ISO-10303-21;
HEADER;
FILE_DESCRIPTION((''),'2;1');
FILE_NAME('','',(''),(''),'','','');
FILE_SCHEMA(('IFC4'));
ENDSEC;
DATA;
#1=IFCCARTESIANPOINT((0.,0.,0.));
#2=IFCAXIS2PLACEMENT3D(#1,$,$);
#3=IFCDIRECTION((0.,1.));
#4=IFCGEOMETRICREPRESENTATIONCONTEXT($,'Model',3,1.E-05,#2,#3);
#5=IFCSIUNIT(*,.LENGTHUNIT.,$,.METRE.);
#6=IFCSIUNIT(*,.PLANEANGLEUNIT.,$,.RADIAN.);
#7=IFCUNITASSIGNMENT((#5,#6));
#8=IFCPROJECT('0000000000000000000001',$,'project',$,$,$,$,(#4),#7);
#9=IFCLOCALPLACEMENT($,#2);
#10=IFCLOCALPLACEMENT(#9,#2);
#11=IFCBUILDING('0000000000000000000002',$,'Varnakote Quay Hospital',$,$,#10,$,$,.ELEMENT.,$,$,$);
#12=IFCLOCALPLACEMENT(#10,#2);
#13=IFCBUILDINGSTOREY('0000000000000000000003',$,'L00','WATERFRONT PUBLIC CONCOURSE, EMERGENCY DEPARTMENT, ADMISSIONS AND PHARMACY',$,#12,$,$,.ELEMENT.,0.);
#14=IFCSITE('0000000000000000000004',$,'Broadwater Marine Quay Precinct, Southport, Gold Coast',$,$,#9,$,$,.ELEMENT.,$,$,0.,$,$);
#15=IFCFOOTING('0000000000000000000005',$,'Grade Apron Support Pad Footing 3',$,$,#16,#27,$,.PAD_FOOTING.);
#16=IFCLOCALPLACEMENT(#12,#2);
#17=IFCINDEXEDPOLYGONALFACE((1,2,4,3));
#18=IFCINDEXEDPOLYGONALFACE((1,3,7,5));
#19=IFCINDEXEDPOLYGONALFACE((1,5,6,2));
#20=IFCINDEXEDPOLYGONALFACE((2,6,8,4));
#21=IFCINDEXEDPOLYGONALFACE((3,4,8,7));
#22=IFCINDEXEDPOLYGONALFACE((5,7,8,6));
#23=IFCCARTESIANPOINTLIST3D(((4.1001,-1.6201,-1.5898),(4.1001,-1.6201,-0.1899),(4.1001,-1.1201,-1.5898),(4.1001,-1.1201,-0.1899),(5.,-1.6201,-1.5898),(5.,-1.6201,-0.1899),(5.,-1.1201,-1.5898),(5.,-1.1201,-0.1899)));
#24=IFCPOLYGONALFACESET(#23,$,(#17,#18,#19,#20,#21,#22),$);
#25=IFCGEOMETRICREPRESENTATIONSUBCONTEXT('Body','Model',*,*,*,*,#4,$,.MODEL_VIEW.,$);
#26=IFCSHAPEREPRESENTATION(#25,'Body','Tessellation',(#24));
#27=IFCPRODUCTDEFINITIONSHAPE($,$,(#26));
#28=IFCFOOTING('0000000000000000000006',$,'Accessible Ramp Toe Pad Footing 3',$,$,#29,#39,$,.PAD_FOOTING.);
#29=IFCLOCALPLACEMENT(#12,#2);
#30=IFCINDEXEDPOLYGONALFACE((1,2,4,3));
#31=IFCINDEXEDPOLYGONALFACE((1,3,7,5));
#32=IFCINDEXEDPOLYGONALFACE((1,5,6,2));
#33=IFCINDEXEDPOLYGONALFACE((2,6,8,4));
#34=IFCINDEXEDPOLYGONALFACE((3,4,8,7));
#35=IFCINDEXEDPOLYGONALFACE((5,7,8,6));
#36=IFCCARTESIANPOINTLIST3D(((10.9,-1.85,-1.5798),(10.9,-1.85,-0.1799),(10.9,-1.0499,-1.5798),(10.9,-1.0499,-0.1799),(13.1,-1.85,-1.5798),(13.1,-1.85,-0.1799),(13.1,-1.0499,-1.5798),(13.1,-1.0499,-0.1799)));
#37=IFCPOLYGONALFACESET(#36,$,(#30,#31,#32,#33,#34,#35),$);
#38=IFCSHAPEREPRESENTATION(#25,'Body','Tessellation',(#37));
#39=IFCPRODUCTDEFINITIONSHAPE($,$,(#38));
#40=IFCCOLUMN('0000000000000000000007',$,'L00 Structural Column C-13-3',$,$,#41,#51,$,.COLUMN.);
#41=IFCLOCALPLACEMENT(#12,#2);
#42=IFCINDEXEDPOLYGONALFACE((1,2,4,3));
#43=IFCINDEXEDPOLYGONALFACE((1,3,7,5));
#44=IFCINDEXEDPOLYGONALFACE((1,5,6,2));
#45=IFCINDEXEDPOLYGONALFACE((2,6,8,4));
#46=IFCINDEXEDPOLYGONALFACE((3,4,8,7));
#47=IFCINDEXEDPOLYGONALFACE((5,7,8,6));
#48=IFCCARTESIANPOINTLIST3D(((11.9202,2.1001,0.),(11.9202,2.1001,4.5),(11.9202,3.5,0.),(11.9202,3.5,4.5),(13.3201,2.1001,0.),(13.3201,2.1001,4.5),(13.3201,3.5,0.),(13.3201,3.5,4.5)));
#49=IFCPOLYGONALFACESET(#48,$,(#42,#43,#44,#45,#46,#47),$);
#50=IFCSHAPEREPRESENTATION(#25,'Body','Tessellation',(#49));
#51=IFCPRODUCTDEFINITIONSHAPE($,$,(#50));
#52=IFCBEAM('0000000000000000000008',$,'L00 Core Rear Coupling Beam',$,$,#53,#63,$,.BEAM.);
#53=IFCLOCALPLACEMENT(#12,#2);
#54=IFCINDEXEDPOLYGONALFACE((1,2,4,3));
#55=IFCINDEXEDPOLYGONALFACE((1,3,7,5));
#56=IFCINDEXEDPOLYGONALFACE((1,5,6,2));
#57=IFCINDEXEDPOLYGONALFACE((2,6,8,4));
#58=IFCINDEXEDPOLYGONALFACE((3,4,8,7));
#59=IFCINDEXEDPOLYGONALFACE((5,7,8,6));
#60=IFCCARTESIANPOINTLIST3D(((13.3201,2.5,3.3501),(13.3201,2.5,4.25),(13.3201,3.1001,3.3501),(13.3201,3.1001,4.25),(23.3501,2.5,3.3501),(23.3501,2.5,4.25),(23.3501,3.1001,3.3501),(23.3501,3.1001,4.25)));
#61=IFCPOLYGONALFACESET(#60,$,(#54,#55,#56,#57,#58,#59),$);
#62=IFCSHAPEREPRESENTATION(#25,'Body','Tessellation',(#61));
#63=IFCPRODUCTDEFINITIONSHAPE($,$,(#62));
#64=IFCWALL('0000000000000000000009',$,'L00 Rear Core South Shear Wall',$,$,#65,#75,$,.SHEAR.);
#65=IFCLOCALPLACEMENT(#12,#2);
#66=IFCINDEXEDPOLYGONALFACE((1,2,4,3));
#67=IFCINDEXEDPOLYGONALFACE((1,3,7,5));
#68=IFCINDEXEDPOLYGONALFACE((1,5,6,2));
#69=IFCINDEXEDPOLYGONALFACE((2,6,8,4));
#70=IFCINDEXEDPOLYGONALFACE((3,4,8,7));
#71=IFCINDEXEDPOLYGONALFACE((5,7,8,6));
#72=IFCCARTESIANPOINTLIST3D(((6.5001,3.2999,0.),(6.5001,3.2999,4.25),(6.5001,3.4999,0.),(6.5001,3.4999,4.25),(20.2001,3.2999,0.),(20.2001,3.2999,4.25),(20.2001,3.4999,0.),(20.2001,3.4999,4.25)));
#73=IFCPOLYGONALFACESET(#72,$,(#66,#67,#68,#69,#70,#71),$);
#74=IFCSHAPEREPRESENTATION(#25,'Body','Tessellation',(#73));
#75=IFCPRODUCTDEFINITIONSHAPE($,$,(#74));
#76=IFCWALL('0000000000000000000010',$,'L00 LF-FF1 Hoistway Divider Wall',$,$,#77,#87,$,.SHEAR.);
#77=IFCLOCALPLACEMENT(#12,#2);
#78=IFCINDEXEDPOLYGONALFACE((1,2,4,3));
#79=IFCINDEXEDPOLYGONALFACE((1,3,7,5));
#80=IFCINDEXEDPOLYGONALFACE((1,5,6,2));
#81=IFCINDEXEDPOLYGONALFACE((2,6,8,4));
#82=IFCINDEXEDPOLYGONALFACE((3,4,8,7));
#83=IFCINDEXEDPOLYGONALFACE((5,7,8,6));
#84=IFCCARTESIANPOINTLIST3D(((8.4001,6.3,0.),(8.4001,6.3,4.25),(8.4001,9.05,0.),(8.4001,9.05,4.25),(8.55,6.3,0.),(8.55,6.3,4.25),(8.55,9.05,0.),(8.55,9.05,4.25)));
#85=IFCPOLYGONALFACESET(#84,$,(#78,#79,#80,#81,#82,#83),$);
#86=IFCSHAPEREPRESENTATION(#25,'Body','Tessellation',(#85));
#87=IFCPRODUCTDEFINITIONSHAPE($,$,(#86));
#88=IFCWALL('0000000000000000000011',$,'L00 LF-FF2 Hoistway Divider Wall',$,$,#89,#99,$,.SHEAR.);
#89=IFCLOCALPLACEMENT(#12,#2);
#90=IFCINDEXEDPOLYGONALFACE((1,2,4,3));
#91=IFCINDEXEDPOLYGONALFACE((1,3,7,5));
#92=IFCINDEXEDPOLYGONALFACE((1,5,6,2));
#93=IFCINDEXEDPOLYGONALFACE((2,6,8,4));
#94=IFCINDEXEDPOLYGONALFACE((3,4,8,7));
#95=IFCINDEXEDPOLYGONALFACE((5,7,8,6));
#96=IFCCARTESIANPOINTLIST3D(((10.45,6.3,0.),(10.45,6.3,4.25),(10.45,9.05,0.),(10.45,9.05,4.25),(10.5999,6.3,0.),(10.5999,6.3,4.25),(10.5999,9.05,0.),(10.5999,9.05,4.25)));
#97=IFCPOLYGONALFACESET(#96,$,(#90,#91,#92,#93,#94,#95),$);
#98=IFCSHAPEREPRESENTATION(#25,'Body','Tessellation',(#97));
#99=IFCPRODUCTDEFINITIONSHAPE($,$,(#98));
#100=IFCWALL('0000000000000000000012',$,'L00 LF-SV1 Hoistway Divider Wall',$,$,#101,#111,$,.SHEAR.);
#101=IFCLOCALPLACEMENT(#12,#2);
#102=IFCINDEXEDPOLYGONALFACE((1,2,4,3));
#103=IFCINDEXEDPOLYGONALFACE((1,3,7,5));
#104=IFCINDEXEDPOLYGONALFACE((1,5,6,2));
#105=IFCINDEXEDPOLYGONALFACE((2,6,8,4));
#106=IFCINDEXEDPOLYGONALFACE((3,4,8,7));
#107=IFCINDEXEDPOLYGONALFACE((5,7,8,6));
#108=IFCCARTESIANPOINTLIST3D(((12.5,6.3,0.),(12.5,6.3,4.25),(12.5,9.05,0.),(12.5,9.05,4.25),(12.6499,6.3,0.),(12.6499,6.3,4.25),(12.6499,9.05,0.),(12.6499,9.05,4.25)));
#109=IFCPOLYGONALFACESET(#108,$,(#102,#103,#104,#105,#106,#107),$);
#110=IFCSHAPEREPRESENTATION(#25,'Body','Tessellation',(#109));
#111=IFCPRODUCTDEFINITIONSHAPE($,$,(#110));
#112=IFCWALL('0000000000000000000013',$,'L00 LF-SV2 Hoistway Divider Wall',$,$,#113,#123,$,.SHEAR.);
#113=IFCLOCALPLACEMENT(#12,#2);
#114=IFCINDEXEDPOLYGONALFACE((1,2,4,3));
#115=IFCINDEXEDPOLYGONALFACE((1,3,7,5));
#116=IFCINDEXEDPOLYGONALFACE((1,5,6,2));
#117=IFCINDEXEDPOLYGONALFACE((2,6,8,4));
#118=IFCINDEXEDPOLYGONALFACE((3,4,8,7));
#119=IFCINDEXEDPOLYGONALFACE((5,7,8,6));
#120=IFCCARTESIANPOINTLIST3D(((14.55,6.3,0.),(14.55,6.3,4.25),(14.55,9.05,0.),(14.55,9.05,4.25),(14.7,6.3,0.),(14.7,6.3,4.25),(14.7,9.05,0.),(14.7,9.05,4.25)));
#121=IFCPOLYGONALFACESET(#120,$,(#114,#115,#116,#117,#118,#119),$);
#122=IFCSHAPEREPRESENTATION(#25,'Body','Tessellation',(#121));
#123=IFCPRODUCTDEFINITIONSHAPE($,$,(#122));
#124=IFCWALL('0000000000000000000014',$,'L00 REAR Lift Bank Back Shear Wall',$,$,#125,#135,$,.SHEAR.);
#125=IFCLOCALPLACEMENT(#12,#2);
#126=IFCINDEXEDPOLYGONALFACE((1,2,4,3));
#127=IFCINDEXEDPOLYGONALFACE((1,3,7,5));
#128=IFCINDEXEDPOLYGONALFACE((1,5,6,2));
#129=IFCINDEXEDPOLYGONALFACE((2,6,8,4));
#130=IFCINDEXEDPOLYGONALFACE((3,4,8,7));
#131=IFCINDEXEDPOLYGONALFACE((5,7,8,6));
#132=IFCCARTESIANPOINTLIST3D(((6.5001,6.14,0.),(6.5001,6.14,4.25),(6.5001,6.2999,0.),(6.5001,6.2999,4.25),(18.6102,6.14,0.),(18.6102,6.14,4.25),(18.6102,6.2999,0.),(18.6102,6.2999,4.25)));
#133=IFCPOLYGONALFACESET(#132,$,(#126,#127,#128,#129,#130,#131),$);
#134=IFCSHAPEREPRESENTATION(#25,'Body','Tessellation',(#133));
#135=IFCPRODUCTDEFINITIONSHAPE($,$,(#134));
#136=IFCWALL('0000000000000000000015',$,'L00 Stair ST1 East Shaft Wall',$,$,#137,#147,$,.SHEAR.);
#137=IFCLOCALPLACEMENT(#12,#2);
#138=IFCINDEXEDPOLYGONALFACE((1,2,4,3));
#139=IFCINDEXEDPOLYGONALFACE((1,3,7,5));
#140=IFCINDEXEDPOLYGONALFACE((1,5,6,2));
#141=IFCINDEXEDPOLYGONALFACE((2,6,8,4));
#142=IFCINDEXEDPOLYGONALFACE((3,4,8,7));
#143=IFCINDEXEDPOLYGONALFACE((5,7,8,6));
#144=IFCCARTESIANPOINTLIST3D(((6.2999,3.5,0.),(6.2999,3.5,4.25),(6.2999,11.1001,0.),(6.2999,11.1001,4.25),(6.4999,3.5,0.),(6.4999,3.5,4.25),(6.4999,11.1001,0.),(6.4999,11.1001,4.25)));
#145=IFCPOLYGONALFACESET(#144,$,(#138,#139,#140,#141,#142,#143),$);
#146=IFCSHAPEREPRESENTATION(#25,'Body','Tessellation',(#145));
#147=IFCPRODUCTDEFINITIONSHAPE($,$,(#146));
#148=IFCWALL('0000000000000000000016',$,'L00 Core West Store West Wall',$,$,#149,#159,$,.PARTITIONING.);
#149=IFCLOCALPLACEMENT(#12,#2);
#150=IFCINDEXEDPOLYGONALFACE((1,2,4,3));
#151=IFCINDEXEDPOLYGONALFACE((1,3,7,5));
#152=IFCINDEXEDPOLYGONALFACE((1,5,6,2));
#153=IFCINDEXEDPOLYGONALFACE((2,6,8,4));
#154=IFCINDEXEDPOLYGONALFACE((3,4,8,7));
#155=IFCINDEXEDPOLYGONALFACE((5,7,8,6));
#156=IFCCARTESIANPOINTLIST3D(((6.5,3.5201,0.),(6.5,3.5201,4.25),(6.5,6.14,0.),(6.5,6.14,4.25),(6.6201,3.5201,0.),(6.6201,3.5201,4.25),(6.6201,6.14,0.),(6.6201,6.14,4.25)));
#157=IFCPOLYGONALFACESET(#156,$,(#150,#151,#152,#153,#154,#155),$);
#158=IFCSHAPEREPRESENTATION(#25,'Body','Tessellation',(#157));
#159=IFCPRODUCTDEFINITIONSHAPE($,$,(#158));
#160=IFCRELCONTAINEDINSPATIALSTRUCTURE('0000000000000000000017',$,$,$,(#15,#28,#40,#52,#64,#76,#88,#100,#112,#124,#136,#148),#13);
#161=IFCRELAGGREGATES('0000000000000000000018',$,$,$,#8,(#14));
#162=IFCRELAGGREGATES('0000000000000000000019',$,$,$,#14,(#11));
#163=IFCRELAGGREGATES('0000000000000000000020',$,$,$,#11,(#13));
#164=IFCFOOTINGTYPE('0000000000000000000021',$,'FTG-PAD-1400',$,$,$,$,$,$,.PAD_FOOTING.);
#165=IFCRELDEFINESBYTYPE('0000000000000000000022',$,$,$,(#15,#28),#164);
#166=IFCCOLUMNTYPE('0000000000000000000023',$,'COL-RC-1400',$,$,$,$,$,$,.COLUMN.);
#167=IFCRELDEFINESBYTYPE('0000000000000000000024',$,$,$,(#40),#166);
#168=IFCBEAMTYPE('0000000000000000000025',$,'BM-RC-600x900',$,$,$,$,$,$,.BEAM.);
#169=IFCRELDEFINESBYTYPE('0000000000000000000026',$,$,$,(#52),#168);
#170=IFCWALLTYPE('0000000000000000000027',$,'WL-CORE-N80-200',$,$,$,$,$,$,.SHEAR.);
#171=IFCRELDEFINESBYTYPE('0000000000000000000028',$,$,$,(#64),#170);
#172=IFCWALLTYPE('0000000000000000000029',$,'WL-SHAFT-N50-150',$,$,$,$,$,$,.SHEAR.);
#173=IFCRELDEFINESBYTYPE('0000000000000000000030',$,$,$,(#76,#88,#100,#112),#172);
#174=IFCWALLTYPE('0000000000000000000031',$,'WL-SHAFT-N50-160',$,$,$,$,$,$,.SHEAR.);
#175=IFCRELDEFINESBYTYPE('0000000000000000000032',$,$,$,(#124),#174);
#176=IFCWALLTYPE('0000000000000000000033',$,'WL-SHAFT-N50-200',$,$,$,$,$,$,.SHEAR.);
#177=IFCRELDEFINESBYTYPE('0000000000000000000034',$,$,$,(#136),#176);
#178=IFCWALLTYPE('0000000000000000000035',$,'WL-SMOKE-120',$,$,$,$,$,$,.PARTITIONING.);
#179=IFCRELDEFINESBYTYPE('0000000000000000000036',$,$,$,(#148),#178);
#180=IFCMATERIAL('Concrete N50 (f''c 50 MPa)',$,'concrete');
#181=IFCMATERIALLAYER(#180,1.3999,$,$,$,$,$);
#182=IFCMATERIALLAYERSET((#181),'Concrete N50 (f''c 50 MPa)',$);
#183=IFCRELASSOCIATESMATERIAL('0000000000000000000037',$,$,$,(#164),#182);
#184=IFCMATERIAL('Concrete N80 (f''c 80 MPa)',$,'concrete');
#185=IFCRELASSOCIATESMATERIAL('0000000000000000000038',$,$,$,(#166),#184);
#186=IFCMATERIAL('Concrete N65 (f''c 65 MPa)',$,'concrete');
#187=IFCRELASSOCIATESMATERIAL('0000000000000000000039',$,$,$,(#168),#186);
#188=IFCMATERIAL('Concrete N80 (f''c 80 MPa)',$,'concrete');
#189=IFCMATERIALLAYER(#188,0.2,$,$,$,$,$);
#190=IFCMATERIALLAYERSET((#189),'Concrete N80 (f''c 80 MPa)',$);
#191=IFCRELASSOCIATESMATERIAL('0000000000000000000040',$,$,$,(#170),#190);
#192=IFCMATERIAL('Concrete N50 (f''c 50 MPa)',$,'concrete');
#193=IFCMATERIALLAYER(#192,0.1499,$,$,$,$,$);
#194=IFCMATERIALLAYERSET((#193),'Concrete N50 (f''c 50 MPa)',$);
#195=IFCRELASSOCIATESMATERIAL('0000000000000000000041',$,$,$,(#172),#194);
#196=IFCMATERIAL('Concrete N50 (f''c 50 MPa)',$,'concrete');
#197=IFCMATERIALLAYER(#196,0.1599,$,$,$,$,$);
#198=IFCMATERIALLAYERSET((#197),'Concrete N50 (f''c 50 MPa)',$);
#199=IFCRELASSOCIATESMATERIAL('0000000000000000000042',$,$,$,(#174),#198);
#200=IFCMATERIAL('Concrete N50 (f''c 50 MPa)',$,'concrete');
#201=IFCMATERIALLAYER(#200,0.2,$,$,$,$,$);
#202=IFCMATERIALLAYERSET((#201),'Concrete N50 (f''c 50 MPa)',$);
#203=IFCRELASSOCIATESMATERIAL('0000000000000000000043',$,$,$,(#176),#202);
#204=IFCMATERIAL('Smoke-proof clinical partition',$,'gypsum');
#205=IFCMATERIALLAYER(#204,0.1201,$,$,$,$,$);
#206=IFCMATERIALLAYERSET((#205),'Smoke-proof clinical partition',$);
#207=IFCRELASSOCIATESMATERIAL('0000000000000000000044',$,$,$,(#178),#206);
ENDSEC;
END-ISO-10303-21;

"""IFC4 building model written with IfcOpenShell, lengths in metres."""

from ifc_helpers import new_model, si_unit, direction, frame, frame_2d, origin, origin_2d, place, context, subcontext, project, spatial, rectangle, extrude, material, layer, layer_set, material_profile, profile_set, type_object, element, save


model = new_model("IFC4")

# Units and contexts
model_context = context("Model", 3, precision=1e-05, world=origin(), true_north=direction((0.0, 1.0)))
body_context = subcontext(model_context, "Body", "Model", "MODEL_VIEW")
ifc_project = project(units=[si_unit("LENGTHUNIT", "METRE"), si_unit("PLANEANGLEUNIT", "RADIAN")], contexts=[model_context])

# Site, building, storey
site_placement = place(None, origin())
site = spatial("IfcSite", under=ifc_project, at=site_placement, Name="Broadwater Marine Quay Precinct, Southport, Gold Coast", CompositionType="ELEMENT", RefElevation=0.0)
building_placement = place(site_placement, origin())
building = spatial("IfcBuilding", under=site, at=building_placement, Name="Varnakote Quay Hospital", CompositionType="ELEMENT")
storey_placement = place(building_placement, origin())
storey = spatial("IfcBuildingStorey", under=building, at=storey_placement, Name="L00", Description="WATERFRONT PUBLIC CONCOURSE, EMERGENCY DEPARTMENT, ADMISSIONS AND PHARMACY", CompositionType="ELEMENT", Elevation=0.0)

# Footings
ifc_material_1 = material(Name="Concrete N50 (f'c 50 MPa)", Category="concrete")
ifc_layer_1 = layer(ifc_material_1, 1.3999)
ifc_layer_set_1 = layer_set([ifc_layer_1], Name="Concrete N50 (f'c 50 MPa)")
footing_type = type_object("IfcFootingType", Name="FTG-PAD-1400", PredefinedType="PAD_FOOTING", material=ifc_layer_set_1)
footing_1_placement = place(storey_placement, frame((4.55, -1.3701, -1.5898), z_axis=(0.0, 0.0, 1.0), x_axis=(1.0, 0.0, 0.0)))
element("IfcFooting", 1, at=footing_1_placement, inside=storey, type_object=footing_type, Name="Grade Apron Support Pad Footing 3", PredefinedType="PAD_FOOTING", context=body_context, shape_type="SweptSolid", body=[
    extrude(rectangle(XDim=0.8999, YDim=0.5, at=origin_2d()), origin(), (0.0, 0.0, 1.0), 1.3999),
])
footing_2_placement = place(storey_placement, frame((12.0, -1.45, -1.5798), z_axis=(0.0, 0.0, 1.0), x_axis=(1.0, 0.0, 0.0)))
element("IfcFooting", 2, at=footing_2_placement, inside=storey, type_object=footing_type, Name="Accessible Ramp Toe Pad Footing 3", PredefinedType="PAD_FOOTING", context=body_context, shape_type="SweptSolid", body=[
    extrude(rectangle(XDim=2.2, YDim=0.8, at=origin_2d()), origin(), (0.0, 0.0, 1.0), 1.3999),
])

# Column
ifc_material_2 = material(Name="Concrete N80 (f'c 80 MPa)", Category="concrete")
ifc_material_profile_1 = material_profile(ifc_material_2, rectangle(XDim=1.3999, YDim=1.3999, at=origin_2d()), Name="RC-COL-1400x1400")
ifc_profile_set_1 = profile_set([ifc_material_profile_1], Name="Concrete N80 (f'c 80 MPa)")
column_type = type_object("IfcColumnType", Name="COL-RC-1400", PredefinedType="COLUMN", material=ifc_profile_set_1)
column_placement = place(storey_placement, frame((12.6201, 2.8, 0.0), z_axis=(0.0, 0.0, 1.0), x_axis=(1.0, 0.0, 0.0)))
element("IfcColumn", 3, at=column_placement, inside=storey, type_object=column_type, Name="L00 Structural Column C-13-3", PredefinedType="COLUMN", context=body_context, shape_type="SweptSolid", body=[
    extrude(rectangle(XDim=1.3999, YDim=1.3999, at=origin_2d()), origin(), (0.0, 0.0, 1.0), 4.5),
])

# Beam
ifc_material_3 = material(Name="Concrete N65 (f'c 65 MPa)", Category="concrete")
ifc_material_profile_2 = material_profile(ifc_material_3, rectangle(XDim=0.6001, YDim=0.8999, at=origin_2d()), Name="RC-BM-600x900")
ifc_profile_set_2 = profile_set([ifc_material_profile_2], Name="Concrete N65 (f'c 65 MPa)")
beam_type = type_object("IfcBeamType", Name="BM-RC-600x900", PredefinedType="BEAM", material=ifc_profile_set_2)
beam_placement = place(storey_placement, frame((13.3201, 2.8, 3.8), z_axis=(1.0, 0.0, 0.0), x_axis=(0.0, 1.0, 0.0)))
element("IfcBeam", 4, at=beam_placement, inside=storey, type_object=beam_type, Name="L00 Core Rear Coupling Beam", PredefinedType="BEAM", context=body_context, shape_type="SweptSolid", body=[
    extrude(rectangle(XDim=0.6001, YDim=0.8999, at=origin_2d()), origin(), (0.0, 0.0, 1.0), 10.03),
])

# Walls
ifc_material_4 = material(Name="Concrete N80 (f'c 80 MPa)", Category="concrete")
ifc_layer_2 = layer(ifc_material_4, 0.2)
ifc_layer_set_2 = layer_set([ifc_layer_2], Name="Concrete N80 (f'c 80 MPa)")
wall_type_1 = type_object("IfcWallType", Name="WL-CORE-N80-200", PredefinedType="SHEAR", material=ifc_layer_set_2)
wall_1_placement = place(storey_placement, frame((6.5, 3.3999, 0.0), z_axis=(0.0, 0.0, 1.0), x_axis=(1.0, 0.0, 0.0)))
element("IfcWall", 5, at=wall_1_placement, inside=storey, type_object=wall_type_1, Name="L00 Rear Core South Shear Wall", PredefinedType="SHEAR", context=body_context, shape_type="SweptSolid", body=[
    extrude(rectangle(XDim=13.7, YDim=0.2, at=frame_2d((6.8501, 0.0))), origin(), (0.0, 0.0, 1.0), 4.25),
])
ifc_material_5 = material(Name="Concrete N50 (f'c 50 MPa)", Category="concrete")
ifc_layer_3 = layer(ifc_material_5, 0.1499)
ifc_layer_set_3 = layer_set([ifc_layer_3], Name="Concrete N50 (f'c 50 MPa)")
wall_type_2 = type_object("IfcWallType", Name="WL-SHAFT-N50-150", PredefinedType="SHEAR", material=ifc_layer_set_3)
for number, where, z_axis, x_axis, name in (
    (6, (8.4751, 6.3, 0.0), (0.0, 0.0, 1.0), (0.0, 1.0, 0.0), "L00 LF-FF1 Hoistway Divider Wall"),
    (7, (10.5249, 6.3, 0.0), (0.0, 0.0, 1.0), (0.0, 1.0, 0.0), "L00 LF-FF2 Hoistway Divider Wall"),
    (8, (12.575, 6.3, 0.0), (0.0, 0.0, 1.0), (0.0, 1.0, 0.0), "L00 LF-SV1 Hoistway Divider Wall"),
    (9, (14.625, 6.3, 0.0), (0.0, 0.0, 1.0), (0.0, 1.0, 0.0), "L00 LF-SV2 Hoistway Divider Wall"),
):
    element("IfcWall", number, at=place(storey_placement, frame(where, z_axis=z_axis, x_axis=x_axis)), inside=storey, type_object=wall_type_2, Name=name, PredefinedType="SHEAR", context=body_context, shape_type="SweptSolid", body=[
        extrude(rectangle(XDim=2.75, YDim=0.1499, at=frame_2d((1.375, 0.0))), origin(), (0.0, 0.0, 1.0), 4.25),
    ])
ifc_material_6 = material(Name="Concrete N50 (f'c 50 MPa)", Category="concrete")
ifc_layer_4 = layer(ifc_material_6, 0.1599)
ifc_layer_set_4 = layer_set([ifc_layer_4], Name="Concrete N50 (f'c 50 MPa)")
wall_type_3 = type_object("IfcWallType", Name="WL-SHAFT-N50-160", PredefinedType="SHEAR", material=ifc_layer_set_4)
wall_2_placement = place(storey_placement, frame((6.5, 6.22, 0.0), z_axis=(0.0, 0.0, 1.0), x_axis=(1.0, 0.0, 0.0)))
element("IfcWall", 10, at=wall_2_placement, inside=storey, type_object=wall_type_3, Name="L00 REAR Lift Bank Back Shear Wall", PredefinedType="SHEAR", context=body_context, shape_type="SweptSolid", body=[
    extrude(rectangle(XDim=12.1101, YDim=0.1599, at=frame_2d((6.0552, 0.0))), origin(), (0.0, 0.0, 1.0), 4.25),
])
ifc_material_7 = material(Name="Concrete N50 (f'c 50 MPa)", Category="concrete")
ifc_layer_5 = layer(ifc_material_7, 0.2)
ifc_layer_set_5 = layer_set([ifc_layer_5], Name="Concrete N50 (f'c 50 MPa)")
wall_type_4 = type_object("IfcWallType", Name="WL-SHAFT-N50-200", PredefinedType="SHEAR", material=ifc_layer_set_5)
wall_3_placement = place(storey_placement, frame((6.3999, 3.5, 0.0), z_axis=(0.0, 0.0, 1.0), x_axis=(0.0, 1.0, 0.0)))
element("IfcWall", 11, at=wall_3_placement, inside=storey, type_object=wall_type_4, Name="L00 Stair ST1 East Shaft Wall", PredefinedType="SHEAR", context=body_context, shape_type="SweptSolid", body=[
    extrude(rectangle(XDim=7.6001, YDim=0.2, at=frame_2d((3.8, 0.0))), origin(), (0.0, 0.0, 1.0), 4.25),
])
ifc_material_8 = material(Name="Smoke-proof clinical partition", Category="gypsum")
ifc_layer_6 = layer(ifc_material_8, 0.1201)
ifc_layer_set_6 = layer_set([ifc_layer_6], Name="Smoke-proof clinical partition")
wall_type_5 = type_object("IfcWallType", Name="WL-SMOKE-120", PredefinedType="PARTITIONING", material=ifc_layer_set_6)
wall_4_placement = place(storey_placement, frame((6.5601, 3.52, 0.0), z_axis=(0.0, 0.0, 1.0), x_axis=(0.0, 1.0, 0.0)))
element("IfcWall", 12, at=wall_4_placement, inside=storey, type_object=wall_type_5, Name="L00 Core West Store West Wall", PredefinedType="PARTITIONING", context=body_context, shape_type="SweptSolid", body=[
    extrude(rectangle(XDim=2.6199, YDim=0.1201, at=frame_2d((1.3101, 0.0))), origin(), (0.0, 0.0, 1.0), 4.25),
])

save(model, "model.ifc")
